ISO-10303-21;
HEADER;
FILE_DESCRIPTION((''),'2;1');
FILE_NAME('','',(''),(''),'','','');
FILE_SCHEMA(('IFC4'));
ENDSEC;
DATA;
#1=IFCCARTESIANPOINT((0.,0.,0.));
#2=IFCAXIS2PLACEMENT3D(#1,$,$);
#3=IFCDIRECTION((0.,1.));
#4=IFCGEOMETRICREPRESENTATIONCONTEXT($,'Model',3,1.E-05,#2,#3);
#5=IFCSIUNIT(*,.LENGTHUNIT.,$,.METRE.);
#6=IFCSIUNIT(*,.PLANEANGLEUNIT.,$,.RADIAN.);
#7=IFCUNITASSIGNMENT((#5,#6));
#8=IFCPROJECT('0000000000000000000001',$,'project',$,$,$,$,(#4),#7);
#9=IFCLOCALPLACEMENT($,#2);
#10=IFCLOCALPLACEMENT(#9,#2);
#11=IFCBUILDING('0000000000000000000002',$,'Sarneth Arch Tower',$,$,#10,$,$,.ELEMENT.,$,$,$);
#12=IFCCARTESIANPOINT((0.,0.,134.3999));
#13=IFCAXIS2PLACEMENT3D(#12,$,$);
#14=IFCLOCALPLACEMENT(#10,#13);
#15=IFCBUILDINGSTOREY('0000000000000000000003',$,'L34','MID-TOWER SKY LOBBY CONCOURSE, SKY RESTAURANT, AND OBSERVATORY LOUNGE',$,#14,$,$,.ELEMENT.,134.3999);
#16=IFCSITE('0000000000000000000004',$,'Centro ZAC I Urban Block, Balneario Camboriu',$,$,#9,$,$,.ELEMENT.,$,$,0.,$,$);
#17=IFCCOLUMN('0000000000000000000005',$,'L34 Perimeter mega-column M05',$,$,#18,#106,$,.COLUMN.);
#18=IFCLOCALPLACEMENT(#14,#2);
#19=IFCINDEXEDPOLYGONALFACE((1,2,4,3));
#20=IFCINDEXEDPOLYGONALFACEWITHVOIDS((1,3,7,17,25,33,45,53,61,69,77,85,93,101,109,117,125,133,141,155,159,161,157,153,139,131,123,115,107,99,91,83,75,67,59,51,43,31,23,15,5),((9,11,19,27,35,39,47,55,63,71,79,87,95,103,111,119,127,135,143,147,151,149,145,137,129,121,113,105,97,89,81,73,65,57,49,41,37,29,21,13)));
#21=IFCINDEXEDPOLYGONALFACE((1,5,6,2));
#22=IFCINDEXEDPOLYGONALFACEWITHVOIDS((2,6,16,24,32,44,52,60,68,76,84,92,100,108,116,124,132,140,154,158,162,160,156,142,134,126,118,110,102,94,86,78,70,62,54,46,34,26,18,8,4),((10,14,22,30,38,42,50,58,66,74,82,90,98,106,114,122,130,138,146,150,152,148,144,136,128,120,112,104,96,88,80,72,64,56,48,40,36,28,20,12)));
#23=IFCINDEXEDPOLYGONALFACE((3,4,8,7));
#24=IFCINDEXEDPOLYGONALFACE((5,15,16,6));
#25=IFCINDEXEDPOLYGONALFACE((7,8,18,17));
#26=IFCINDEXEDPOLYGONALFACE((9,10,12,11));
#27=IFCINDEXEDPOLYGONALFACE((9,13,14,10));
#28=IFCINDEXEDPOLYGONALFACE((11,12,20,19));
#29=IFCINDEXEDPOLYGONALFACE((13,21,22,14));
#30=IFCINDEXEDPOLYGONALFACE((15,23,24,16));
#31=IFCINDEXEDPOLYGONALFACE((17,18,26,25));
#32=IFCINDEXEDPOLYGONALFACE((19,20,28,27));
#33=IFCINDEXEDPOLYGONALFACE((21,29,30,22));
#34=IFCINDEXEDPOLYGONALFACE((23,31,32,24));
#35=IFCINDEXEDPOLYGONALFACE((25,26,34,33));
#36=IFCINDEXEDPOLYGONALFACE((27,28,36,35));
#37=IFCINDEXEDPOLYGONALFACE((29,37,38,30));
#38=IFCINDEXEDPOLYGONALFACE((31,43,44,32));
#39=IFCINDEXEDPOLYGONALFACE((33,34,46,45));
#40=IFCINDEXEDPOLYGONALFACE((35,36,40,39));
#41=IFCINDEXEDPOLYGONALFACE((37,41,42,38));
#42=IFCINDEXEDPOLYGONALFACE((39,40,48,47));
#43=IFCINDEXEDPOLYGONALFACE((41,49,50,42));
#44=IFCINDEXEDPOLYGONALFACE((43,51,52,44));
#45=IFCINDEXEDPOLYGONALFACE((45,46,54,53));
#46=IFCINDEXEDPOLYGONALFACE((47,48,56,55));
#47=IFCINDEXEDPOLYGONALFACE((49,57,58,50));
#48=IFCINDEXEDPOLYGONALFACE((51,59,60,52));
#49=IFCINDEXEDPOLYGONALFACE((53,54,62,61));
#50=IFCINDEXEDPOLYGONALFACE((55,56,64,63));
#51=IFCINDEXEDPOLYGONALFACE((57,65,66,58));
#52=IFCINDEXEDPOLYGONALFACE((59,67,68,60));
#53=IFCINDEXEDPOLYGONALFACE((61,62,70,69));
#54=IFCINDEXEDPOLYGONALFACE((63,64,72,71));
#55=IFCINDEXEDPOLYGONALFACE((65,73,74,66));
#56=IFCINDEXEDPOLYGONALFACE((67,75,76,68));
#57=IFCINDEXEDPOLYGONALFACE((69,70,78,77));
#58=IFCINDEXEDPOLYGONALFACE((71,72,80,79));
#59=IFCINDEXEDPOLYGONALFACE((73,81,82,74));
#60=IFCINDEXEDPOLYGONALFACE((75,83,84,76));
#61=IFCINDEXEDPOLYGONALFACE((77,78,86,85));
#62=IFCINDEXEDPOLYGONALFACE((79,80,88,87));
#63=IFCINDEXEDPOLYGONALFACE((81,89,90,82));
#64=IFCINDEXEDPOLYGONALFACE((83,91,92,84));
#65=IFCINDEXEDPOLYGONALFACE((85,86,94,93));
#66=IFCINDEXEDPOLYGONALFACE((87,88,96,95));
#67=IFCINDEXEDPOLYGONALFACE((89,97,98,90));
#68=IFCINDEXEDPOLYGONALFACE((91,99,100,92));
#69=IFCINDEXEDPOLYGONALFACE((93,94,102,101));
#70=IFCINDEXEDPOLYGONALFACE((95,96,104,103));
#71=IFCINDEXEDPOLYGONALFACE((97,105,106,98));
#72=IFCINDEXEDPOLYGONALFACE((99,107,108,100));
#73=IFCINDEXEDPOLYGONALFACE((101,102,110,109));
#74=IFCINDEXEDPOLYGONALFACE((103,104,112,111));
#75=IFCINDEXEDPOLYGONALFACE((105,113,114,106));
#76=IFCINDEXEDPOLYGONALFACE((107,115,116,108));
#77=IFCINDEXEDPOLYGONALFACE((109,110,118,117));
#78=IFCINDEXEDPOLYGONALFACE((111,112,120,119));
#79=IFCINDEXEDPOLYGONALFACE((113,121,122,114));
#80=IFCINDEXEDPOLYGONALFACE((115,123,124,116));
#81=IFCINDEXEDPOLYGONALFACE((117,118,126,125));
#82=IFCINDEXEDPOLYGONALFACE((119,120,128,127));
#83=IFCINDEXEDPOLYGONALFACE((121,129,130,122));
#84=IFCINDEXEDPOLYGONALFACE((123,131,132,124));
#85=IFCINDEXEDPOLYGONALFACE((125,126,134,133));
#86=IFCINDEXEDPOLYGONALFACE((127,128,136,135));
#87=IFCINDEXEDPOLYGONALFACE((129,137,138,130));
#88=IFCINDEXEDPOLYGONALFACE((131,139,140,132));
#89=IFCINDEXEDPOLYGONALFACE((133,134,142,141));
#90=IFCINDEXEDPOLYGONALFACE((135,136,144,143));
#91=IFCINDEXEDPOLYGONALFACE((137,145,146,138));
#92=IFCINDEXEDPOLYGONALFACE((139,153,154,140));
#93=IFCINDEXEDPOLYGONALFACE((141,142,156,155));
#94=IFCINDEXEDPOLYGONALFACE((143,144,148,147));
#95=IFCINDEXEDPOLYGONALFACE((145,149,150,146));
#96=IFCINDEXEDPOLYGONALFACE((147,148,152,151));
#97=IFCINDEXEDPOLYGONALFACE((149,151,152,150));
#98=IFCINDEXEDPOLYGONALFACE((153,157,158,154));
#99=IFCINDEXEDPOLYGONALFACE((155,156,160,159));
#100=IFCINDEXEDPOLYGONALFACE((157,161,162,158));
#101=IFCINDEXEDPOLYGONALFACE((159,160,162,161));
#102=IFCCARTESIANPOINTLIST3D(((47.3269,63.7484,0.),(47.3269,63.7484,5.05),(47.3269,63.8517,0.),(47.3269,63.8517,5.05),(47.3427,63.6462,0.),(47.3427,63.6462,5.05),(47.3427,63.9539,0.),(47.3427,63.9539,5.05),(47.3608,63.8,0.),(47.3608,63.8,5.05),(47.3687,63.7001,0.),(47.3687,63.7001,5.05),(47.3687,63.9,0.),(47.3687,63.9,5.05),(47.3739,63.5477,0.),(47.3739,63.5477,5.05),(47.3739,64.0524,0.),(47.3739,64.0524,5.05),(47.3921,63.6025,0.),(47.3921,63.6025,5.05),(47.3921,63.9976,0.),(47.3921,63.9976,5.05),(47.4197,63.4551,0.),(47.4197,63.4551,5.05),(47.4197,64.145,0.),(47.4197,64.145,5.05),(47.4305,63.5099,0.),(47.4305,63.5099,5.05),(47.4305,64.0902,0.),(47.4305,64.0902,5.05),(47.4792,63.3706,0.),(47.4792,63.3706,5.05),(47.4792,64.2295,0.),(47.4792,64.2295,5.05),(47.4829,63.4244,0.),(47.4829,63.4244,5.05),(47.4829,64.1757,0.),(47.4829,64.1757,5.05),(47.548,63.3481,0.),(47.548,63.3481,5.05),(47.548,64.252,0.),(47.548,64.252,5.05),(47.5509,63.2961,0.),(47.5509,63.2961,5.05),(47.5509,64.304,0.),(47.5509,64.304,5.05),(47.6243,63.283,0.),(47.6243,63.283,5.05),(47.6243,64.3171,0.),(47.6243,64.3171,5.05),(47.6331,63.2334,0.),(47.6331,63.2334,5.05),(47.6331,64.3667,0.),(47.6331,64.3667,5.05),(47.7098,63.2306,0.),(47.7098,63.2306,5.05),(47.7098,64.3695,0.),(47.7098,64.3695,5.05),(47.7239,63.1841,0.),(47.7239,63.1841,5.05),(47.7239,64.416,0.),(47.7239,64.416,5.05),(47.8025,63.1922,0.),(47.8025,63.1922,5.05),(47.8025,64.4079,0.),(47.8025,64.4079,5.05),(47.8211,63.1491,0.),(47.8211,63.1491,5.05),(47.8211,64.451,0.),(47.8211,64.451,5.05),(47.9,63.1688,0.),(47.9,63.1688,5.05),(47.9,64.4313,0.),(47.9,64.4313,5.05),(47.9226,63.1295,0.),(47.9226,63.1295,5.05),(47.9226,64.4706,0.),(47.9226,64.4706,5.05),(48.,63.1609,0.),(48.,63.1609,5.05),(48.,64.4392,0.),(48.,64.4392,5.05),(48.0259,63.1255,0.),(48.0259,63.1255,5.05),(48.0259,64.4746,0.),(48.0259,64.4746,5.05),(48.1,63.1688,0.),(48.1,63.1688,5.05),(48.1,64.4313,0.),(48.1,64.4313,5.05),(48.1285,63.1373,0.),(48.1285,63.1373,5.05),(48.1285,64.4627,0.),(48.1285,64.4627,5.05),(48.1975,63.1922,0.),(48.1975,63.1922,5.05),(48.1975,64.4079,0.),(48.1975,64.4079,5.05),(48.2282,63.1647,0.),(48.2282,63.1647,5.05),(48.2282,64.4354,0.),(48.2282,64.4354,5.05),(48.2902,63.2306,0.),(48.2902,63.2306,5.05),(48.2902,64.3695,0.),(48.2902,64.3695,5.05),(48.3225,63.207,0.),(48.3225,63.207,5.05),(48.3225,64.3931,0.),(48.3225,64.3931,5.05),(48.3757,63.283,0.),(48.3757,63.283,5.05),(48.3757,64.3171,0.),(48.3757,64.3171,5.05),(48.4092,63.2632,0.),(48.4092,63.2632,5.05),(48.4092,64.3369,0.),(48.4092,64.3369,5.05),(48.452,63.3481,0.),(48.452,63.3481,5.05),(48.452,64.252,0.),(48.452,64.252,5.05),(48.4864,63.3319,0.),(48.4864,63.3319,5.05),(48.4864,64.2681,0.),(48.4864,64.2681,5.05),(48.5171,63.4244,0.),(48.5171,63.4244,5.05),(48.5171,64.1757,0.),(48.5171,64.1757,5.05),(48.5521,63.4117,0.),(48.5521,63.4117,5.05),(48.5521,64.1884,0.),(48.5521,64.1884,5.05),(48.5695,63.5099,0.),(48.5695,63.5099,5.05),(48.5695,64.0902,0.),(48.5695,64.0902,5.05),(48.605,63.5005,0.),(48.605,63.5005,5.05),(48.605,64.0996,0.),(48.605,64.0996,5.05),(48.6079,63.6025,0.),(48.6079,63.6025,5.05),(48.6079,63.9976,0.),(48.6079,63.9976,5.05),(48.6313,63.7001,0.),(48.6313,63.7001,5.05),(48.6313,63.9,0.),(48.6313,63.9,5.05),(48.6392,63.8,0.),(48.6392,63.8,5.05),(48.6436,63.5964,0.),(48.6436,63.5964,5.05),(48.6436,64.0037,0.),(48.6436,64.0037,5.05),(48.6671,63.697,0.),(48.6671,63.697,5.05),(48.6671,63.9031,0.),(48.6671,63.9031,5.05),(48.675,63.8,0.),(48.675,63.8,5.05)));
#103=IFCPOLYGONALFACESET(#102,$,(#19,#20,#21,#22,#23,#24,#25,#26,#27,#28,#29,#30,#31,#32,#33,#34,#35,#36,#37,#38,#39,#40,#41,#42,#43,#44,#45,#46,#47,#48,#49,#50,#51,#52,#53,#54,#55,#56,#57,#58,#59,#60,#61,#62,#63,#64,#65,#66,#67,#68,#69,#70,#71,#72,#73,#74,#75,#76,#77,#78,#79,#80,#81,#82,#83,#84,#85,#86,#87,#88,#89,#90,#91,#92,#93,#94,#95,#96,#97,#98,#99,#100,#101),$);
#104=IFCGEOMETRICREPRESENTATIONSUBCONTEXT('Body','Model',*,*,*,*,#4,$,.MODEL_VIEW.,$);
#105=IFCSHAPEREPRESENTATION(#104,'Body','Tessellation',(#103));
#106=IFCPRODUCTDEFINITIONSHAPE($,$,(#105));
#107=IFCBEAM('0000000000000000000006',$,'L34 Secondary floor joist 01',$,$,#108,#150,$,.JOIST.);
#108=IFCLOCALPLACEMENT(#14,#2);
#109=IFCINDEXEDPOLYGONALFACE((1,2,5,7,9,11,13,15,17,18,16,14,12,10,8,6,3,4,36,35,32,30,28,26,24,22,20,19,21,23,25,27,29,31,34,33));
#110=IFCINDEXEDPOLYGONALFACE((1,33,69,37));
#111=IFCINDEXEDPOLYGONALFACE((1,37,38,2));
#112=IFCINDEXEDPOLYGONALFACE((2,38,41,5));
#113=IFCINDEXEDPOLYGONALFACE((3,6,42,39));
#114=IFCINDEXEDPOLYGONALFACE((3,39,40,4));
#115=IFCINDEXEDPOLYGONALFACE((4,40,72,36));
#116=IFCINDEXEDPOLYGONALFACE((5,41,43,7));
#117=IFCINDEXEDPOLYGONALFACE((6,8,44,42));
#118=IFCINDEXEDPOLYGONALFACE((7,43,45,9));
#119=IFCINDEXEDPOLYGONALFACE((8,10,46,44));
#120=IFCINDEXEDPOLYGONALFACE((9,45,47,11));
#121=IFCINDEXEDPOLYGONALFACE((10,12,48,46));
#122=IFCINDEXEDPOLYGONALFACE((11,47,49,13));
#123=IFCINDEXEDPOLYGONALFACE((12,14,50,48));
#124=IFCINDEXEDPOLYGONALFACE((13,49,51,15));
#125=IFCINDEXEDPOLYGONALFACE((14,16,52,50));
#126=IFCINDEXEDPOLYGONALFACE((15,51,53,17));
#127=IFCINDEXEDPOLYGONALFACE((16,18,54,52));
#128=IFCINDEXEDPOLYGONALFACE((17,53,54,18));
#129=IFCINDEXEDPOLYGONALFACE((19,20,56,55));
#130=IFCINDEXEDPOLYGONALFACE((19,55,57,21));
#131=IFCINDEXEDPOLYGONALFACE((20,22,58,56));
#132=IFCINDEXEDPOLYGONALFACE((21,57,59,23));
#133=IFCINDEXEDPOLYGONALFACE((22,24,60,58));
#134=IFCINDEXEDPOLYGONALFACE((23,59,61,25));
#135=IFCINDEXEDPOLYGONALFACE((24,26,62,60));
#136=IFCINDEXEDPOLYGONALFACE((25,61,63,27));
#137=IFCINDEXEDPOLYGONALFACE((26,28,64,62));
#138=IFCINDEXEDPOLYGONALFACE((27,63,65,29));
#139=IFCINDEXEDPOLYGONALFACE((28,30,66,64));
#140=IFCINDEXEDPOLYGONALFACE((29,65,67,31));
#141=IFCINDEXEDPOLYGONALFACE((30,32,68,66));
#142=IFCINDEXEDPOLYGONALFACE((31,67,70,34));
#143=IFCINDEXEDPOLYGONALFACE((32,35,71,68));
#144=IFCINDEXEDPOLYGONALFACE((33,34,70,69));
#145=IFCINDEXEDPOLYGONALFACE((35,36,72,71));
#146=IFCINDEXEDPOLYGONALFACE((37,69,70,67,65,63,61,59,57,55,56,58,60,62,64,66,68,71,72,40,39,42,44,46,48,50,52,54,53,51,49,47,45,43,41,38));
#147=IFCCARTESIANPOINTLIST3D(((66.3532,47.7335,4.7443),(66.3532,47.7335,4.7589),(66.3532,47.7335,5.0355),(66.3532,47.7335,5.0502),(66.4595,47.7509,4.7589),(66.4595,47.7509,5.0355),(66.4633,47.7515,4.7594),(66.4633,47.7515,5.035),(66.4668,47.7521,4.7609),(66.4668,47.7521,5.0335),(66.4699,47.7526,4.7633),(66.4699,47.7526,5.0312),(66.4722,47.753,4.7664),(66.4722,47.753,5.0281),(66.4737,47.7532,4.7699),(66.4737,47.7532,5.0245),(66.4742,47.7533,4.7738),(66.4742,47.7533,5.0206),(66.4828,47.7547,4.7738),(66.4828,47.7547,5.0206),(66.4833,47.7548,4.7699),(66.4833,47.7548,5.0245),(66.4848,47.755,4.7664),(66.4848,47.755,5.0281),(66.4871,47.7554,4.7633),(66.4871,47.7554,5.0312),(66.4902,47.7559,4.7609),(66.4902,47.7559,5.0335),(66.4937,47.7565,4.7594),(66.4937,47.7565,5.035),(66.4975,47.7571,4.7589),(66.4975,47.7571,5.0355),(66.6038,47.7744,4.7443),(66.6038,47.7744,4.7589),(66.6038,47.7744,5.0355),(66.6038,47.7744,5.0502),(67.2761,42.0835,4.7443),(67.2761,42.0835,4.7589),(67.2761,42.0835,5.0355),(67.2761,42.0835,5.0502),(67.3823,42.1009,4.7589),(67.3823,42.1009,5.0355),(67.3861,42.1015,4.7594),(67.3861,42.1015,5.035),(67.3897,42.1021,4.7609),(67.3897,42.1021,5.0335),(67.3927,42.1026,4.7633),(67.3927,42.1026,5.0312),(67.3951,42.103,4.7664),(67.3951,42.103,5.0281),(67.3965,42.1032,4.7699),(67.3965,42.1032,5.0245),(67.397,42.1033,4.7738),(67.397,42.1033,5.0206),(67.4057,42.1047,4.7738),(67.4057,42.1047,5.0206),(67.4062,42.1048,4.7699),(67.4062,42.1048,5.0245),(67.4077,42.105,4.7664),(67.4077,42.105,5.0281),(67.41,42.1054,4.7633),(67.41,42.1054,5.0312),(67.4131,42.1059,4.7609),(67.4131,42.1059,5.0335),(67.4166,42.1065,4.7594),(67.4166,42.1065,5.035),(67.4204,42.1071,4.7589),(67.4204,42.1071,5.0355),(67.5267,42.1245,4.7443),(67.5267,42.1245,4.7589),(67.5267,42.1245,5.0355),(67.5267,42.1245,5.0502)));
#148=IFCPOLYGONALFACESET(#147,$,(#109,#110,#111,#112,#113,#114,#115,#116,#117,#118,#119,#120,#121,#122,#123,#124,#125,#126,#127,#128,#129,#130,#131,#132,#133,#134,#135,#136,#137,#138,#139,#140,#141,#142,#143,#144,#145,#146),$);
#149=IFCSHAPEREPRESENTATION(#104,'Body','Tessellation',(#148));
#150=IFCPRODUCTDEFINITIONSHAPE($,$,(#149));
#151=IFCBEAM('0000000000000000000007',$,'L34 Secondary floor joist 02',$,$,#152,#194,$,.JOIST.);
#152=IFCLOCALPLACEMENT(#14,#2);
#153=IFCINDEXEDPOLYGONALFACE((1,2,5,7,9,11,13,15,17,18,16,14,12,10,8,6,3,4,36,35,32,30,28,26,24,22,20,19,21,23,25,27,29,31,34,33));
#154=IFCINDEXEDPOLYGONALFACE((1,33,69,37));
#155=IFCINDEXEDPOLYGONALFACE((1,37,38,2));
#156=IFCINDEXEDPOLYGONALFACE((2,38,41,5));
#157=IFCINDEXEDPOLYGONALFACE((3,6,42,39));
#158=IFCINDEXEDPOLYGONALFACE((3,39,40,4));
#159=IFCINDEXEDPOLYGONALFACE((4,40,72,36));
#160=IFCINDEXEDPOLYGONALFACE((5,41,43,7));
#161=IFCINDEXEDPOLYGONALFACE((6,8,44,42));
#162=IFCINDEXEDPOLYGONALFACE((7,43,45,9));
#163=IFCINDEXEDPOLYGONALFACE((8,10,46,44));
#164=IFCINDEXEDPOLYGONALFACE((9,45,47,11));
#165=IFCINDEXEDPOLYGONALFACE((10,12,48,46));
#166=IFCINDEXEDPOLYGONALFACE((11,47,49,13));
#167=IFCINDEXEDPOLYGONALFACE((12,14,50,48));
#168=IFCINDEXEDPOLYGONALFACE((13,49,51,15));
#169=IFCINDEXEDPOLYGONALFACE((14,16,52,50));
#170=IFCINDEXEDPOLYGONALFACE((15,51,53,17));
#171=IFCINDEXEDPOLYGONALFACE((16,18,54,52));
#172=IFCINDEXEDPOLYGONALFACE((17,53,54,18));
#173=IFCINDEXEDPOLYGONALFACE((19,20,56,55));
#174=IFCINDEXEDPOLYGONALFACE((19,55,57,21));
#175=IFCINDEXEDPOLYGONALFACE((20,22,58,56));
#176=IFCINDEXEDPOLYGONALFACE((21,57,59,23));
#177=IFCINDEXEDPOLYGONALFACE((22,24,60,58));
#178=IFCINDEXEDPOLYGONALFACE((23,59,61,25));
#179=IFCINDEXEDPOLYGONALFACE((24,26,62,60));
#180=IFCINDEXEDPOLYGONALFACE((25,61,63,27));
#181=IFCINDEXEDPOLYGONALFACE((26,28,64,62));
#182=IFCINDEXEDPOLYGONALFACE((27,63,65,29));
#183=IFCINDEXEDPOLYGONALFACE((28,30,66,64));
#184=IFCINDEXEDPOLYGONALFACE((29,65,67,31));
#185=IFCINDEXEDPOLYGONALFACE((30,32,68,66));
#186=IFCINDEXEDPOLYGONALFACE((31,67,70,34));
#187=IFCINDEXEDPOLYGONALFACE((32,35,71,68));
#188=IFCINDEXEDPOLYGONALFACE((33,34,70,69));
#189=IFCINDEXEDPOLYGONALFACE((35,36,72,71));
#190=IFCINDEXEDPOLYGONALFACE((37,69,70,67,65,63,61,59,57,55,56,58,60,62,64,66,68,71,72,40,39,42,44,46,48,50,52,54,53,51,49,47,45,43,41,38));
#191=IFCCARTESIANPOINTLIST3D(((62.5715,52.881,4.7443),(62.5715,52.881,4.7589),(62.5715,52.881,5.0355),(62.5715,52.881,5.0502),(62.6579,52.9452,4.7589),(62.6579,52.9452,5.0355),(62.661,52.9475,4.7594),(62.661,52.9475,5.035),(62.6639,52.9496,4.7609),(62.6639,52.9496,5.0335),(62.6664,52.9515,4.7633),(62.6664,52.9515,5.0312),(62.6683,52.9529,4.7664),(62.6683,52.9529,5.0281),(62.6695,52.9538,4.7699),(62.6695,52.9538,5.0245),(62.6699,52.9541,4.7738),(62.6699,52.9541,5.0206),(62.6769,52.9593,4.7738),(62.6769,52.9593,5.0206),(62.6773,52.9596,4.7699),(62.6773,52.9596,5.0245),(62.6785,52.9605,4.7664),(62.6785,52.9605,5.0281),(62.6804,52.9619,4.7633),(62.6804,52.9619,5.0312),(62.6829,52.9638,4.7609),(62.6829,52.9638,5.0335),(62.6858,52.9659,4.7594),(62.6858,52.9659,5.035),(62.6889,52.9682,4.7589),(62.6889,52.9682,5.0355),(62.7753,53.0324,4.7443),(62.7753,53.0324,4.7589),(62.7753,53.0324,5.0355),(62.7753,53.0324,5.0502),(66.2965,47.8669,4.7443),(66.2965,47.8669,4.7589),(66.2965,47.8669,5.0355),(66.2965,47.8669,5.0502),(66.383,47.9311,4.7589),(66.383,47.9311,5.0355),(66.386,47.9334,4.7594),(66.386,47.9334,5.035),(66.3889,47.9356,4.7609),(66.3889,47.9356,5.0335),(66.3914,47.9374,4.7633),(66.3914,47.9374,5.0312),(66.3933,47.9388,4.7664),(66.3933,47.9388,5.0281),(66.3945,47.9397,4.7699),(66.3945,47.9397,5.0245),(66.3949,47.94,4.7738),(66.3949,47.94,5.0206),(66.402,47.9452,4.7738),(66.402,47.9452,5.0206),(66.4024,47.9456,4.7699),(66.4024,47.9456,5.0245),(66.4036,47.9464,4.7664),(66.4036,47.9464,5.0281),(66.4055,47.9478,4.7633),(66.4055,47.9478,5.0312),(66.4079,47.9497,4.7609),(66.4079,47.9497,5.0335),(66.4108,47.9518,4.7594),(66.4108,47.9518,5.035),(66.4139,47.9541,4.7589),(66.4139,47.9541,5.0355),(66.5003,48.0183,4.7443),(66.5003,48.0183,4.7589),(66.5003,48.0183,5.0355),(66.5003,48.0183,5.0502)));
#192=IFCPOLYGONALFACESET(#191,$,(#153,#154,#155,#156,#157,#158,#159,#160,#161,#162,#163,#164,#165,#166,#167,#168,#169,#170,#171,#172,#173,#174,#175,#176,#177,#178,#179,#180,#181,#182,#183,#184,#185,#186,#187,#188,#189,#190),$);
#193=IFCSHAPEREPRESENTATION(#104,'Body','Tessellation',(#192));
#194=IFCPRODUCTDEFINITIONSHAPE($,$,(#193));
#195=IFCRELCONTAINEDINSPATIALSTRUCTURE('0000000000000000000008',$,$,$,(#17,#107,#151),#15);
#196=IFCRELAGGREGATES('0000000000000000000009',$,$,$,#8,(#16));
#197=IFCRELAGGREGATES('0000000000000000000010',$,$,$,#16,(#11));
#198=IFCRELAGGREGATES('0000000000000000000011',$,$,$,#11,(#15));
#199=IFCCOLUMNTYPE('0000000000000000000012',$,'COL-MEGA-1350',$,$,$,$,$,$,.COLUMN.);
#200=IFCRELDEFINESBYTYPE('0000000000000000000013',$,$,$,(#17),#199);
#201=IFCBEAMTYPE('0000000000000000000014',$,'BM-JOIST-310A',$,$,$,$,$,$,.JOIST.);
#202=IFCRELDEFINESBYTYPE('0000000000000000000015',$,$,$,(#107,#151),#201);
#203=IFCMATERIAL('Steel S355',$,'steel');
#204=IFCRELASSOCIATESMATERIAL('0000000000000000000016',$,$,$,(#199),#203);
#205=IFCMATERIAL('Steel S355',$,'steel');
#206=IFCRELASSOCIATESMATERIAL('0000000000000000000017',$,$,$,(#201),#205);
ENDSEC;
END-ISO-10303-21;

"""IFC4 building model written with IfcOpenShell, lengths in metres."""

from ifc_helpers import new_model, si_unit, direction, frame, origin, origin_2d, place, context, subcontext, project, spatial, hollow_circle, i_section, extrude, material, material_profile, profile_set, type_object, element, save


model = new_model("IFC4")

# Units and contexts
model_context = context("Model", 3, precision=1e-05, world=origin(), true_north=direction((0.0, 1.0)))
body_context = subcontext(model_context, "Body", "Model", "MODEL_VIEW")
ifc_project = project(units=[si_unit("LENGTHUNIT", "METRE"), si_unit("PLANEANGLEUNIT", "RADIAN")], contexts=[model_context])

# Site, building, storey
site_placement = place(None, origin())
site = spatial("IfcSite", under=ifc_project, at=site_placement, Name="Centro ZAC I Urban Block, Balneario Camboriu", CompositionType="ELEMENT", RefElevation=0.0)
building_placement = place(site_placement, origin())
building = spatial("IfcBuilding", under=site, at=building_placement, Name="Sarneth Arch Tower", CompositionType="ELEMENT")
storey_placement = place(building_placement, frame((0.0, 0.0, 134.3999)))
storey = spatial("IfcBuildingStorey", under=building, at=storey_placement, Name="L34", Description="MID-TOWER SKY LOBBY CONCOURSE, SKY RESTAURANT, AND OBSERVATORY LOUNGE", CompositionType="ELEMENT", Elevation=134.3999)

# Column
ifc_material_1 = material(Name="Steel S355", Category="steel")
ifc_material_profile_1 = material_profile(ifc_material_1, hollow_circle(Radius=0.675, WallThickness=0.0359, at=origin_2d()), Name="CHS1350x36")
ifc_profile_set_1 = profile_set([ifc_material_profile_1], Name="Steel S355")
column_type = type_object("IfcColumnType", Name="COL-MEGA-1350", PredefinedType="COLUMN", material=ifc_profile_set_1)
for number, where, z_axis, x_axis, name in (
    (1, (48.0, 63.8, 0.0), (0.0, 0.0, 1.0), (1.0, 0.0, 0.0), "L34 Perimeter mega-column M05"),
):
    element("IfcColumn", number, at=place(storey_placement, frame(where, z_axis=z_axis, x_axis=x_axis)), inside=storey, type_object=column_type, Name=name, PredefinedType="COLUMN", context=body_context, shape_type="SweptSolid", body=[
        extrude(hollow_circle(Radius=0.675, WallThickness=0.0359, at=origin_2d()), origin(), (0.0, 0.0, 1.0), 5.05),
    ])

# Beams
ifc_material_2 = material(Name="Steel S355", Category="steel")
ifc_material_profile_2 = material_profile(ifc_material_2, i_section(OverallWidth=0.2539, OverallDepth=0.3059, WebThickness=0.0088, FlangeThickness=0.0146, FilletRadius=0.0149, at=origin_2d()), Name="W310x79")
ifc_profile_set_2 = profile_set([ifc_material_profile_2], Name="Steel S355")
beam_type_1 = type_object("IfcBeamType", Name="BM-JOIST-310A", PredefinedType="JOIST", material=ifc_profile_set_2)
beam_1_placement = place(storey_placement, frame((67.4014, 42.104, 4.8972), z_axis=(-0.161203, 0.986921, 0.0), x_axis=(-0.986921, -0.161203, 0.0)))
element("IfcBeam", 2, at=beam_1_placement, inside=storey, type_object=beam_type_1, Name="L34 Secondary floor joist 01", PredefinedType="JOIST", context=body_context, shape_type="SweptSolid", body=[
    extrude(i_section(OverallWidth=0.2539, OverallDepth=0.3059, WebThickness=0.0088, FlangeThickness=0.0146, FilletRadius=0.0149, at=origin_2d()), origin(), (0.0, 0.0, 1.0), 5.7249),
])
beam_2_placement = place(storey_placement, frame((66.3984, 47.9426, 4.8972), z_axis=(-0.596354, 0.802721, 0.0), x_axis=(-0.802721, -0.596354, 0.0)))
element("IfcBeam", 3, at=beam_2_placement, inside=storey, type_object=beam_type_1, Name="L34 Secondary floor joist 02", PredefinedType="JOIST", context=body_context, shape_type="SweptSolid", body=[
    extrude(i_section(OverallWidth=0.2539, OverallDepth=0.3059, WebThickness=0.0088, FlangeThickness=0.0146, FilletRadius=0.0149, at=origin_2d()), origin(), (0.0, 0.0, 1.0), 6.2463),
])

save(model, "model.ifc")
